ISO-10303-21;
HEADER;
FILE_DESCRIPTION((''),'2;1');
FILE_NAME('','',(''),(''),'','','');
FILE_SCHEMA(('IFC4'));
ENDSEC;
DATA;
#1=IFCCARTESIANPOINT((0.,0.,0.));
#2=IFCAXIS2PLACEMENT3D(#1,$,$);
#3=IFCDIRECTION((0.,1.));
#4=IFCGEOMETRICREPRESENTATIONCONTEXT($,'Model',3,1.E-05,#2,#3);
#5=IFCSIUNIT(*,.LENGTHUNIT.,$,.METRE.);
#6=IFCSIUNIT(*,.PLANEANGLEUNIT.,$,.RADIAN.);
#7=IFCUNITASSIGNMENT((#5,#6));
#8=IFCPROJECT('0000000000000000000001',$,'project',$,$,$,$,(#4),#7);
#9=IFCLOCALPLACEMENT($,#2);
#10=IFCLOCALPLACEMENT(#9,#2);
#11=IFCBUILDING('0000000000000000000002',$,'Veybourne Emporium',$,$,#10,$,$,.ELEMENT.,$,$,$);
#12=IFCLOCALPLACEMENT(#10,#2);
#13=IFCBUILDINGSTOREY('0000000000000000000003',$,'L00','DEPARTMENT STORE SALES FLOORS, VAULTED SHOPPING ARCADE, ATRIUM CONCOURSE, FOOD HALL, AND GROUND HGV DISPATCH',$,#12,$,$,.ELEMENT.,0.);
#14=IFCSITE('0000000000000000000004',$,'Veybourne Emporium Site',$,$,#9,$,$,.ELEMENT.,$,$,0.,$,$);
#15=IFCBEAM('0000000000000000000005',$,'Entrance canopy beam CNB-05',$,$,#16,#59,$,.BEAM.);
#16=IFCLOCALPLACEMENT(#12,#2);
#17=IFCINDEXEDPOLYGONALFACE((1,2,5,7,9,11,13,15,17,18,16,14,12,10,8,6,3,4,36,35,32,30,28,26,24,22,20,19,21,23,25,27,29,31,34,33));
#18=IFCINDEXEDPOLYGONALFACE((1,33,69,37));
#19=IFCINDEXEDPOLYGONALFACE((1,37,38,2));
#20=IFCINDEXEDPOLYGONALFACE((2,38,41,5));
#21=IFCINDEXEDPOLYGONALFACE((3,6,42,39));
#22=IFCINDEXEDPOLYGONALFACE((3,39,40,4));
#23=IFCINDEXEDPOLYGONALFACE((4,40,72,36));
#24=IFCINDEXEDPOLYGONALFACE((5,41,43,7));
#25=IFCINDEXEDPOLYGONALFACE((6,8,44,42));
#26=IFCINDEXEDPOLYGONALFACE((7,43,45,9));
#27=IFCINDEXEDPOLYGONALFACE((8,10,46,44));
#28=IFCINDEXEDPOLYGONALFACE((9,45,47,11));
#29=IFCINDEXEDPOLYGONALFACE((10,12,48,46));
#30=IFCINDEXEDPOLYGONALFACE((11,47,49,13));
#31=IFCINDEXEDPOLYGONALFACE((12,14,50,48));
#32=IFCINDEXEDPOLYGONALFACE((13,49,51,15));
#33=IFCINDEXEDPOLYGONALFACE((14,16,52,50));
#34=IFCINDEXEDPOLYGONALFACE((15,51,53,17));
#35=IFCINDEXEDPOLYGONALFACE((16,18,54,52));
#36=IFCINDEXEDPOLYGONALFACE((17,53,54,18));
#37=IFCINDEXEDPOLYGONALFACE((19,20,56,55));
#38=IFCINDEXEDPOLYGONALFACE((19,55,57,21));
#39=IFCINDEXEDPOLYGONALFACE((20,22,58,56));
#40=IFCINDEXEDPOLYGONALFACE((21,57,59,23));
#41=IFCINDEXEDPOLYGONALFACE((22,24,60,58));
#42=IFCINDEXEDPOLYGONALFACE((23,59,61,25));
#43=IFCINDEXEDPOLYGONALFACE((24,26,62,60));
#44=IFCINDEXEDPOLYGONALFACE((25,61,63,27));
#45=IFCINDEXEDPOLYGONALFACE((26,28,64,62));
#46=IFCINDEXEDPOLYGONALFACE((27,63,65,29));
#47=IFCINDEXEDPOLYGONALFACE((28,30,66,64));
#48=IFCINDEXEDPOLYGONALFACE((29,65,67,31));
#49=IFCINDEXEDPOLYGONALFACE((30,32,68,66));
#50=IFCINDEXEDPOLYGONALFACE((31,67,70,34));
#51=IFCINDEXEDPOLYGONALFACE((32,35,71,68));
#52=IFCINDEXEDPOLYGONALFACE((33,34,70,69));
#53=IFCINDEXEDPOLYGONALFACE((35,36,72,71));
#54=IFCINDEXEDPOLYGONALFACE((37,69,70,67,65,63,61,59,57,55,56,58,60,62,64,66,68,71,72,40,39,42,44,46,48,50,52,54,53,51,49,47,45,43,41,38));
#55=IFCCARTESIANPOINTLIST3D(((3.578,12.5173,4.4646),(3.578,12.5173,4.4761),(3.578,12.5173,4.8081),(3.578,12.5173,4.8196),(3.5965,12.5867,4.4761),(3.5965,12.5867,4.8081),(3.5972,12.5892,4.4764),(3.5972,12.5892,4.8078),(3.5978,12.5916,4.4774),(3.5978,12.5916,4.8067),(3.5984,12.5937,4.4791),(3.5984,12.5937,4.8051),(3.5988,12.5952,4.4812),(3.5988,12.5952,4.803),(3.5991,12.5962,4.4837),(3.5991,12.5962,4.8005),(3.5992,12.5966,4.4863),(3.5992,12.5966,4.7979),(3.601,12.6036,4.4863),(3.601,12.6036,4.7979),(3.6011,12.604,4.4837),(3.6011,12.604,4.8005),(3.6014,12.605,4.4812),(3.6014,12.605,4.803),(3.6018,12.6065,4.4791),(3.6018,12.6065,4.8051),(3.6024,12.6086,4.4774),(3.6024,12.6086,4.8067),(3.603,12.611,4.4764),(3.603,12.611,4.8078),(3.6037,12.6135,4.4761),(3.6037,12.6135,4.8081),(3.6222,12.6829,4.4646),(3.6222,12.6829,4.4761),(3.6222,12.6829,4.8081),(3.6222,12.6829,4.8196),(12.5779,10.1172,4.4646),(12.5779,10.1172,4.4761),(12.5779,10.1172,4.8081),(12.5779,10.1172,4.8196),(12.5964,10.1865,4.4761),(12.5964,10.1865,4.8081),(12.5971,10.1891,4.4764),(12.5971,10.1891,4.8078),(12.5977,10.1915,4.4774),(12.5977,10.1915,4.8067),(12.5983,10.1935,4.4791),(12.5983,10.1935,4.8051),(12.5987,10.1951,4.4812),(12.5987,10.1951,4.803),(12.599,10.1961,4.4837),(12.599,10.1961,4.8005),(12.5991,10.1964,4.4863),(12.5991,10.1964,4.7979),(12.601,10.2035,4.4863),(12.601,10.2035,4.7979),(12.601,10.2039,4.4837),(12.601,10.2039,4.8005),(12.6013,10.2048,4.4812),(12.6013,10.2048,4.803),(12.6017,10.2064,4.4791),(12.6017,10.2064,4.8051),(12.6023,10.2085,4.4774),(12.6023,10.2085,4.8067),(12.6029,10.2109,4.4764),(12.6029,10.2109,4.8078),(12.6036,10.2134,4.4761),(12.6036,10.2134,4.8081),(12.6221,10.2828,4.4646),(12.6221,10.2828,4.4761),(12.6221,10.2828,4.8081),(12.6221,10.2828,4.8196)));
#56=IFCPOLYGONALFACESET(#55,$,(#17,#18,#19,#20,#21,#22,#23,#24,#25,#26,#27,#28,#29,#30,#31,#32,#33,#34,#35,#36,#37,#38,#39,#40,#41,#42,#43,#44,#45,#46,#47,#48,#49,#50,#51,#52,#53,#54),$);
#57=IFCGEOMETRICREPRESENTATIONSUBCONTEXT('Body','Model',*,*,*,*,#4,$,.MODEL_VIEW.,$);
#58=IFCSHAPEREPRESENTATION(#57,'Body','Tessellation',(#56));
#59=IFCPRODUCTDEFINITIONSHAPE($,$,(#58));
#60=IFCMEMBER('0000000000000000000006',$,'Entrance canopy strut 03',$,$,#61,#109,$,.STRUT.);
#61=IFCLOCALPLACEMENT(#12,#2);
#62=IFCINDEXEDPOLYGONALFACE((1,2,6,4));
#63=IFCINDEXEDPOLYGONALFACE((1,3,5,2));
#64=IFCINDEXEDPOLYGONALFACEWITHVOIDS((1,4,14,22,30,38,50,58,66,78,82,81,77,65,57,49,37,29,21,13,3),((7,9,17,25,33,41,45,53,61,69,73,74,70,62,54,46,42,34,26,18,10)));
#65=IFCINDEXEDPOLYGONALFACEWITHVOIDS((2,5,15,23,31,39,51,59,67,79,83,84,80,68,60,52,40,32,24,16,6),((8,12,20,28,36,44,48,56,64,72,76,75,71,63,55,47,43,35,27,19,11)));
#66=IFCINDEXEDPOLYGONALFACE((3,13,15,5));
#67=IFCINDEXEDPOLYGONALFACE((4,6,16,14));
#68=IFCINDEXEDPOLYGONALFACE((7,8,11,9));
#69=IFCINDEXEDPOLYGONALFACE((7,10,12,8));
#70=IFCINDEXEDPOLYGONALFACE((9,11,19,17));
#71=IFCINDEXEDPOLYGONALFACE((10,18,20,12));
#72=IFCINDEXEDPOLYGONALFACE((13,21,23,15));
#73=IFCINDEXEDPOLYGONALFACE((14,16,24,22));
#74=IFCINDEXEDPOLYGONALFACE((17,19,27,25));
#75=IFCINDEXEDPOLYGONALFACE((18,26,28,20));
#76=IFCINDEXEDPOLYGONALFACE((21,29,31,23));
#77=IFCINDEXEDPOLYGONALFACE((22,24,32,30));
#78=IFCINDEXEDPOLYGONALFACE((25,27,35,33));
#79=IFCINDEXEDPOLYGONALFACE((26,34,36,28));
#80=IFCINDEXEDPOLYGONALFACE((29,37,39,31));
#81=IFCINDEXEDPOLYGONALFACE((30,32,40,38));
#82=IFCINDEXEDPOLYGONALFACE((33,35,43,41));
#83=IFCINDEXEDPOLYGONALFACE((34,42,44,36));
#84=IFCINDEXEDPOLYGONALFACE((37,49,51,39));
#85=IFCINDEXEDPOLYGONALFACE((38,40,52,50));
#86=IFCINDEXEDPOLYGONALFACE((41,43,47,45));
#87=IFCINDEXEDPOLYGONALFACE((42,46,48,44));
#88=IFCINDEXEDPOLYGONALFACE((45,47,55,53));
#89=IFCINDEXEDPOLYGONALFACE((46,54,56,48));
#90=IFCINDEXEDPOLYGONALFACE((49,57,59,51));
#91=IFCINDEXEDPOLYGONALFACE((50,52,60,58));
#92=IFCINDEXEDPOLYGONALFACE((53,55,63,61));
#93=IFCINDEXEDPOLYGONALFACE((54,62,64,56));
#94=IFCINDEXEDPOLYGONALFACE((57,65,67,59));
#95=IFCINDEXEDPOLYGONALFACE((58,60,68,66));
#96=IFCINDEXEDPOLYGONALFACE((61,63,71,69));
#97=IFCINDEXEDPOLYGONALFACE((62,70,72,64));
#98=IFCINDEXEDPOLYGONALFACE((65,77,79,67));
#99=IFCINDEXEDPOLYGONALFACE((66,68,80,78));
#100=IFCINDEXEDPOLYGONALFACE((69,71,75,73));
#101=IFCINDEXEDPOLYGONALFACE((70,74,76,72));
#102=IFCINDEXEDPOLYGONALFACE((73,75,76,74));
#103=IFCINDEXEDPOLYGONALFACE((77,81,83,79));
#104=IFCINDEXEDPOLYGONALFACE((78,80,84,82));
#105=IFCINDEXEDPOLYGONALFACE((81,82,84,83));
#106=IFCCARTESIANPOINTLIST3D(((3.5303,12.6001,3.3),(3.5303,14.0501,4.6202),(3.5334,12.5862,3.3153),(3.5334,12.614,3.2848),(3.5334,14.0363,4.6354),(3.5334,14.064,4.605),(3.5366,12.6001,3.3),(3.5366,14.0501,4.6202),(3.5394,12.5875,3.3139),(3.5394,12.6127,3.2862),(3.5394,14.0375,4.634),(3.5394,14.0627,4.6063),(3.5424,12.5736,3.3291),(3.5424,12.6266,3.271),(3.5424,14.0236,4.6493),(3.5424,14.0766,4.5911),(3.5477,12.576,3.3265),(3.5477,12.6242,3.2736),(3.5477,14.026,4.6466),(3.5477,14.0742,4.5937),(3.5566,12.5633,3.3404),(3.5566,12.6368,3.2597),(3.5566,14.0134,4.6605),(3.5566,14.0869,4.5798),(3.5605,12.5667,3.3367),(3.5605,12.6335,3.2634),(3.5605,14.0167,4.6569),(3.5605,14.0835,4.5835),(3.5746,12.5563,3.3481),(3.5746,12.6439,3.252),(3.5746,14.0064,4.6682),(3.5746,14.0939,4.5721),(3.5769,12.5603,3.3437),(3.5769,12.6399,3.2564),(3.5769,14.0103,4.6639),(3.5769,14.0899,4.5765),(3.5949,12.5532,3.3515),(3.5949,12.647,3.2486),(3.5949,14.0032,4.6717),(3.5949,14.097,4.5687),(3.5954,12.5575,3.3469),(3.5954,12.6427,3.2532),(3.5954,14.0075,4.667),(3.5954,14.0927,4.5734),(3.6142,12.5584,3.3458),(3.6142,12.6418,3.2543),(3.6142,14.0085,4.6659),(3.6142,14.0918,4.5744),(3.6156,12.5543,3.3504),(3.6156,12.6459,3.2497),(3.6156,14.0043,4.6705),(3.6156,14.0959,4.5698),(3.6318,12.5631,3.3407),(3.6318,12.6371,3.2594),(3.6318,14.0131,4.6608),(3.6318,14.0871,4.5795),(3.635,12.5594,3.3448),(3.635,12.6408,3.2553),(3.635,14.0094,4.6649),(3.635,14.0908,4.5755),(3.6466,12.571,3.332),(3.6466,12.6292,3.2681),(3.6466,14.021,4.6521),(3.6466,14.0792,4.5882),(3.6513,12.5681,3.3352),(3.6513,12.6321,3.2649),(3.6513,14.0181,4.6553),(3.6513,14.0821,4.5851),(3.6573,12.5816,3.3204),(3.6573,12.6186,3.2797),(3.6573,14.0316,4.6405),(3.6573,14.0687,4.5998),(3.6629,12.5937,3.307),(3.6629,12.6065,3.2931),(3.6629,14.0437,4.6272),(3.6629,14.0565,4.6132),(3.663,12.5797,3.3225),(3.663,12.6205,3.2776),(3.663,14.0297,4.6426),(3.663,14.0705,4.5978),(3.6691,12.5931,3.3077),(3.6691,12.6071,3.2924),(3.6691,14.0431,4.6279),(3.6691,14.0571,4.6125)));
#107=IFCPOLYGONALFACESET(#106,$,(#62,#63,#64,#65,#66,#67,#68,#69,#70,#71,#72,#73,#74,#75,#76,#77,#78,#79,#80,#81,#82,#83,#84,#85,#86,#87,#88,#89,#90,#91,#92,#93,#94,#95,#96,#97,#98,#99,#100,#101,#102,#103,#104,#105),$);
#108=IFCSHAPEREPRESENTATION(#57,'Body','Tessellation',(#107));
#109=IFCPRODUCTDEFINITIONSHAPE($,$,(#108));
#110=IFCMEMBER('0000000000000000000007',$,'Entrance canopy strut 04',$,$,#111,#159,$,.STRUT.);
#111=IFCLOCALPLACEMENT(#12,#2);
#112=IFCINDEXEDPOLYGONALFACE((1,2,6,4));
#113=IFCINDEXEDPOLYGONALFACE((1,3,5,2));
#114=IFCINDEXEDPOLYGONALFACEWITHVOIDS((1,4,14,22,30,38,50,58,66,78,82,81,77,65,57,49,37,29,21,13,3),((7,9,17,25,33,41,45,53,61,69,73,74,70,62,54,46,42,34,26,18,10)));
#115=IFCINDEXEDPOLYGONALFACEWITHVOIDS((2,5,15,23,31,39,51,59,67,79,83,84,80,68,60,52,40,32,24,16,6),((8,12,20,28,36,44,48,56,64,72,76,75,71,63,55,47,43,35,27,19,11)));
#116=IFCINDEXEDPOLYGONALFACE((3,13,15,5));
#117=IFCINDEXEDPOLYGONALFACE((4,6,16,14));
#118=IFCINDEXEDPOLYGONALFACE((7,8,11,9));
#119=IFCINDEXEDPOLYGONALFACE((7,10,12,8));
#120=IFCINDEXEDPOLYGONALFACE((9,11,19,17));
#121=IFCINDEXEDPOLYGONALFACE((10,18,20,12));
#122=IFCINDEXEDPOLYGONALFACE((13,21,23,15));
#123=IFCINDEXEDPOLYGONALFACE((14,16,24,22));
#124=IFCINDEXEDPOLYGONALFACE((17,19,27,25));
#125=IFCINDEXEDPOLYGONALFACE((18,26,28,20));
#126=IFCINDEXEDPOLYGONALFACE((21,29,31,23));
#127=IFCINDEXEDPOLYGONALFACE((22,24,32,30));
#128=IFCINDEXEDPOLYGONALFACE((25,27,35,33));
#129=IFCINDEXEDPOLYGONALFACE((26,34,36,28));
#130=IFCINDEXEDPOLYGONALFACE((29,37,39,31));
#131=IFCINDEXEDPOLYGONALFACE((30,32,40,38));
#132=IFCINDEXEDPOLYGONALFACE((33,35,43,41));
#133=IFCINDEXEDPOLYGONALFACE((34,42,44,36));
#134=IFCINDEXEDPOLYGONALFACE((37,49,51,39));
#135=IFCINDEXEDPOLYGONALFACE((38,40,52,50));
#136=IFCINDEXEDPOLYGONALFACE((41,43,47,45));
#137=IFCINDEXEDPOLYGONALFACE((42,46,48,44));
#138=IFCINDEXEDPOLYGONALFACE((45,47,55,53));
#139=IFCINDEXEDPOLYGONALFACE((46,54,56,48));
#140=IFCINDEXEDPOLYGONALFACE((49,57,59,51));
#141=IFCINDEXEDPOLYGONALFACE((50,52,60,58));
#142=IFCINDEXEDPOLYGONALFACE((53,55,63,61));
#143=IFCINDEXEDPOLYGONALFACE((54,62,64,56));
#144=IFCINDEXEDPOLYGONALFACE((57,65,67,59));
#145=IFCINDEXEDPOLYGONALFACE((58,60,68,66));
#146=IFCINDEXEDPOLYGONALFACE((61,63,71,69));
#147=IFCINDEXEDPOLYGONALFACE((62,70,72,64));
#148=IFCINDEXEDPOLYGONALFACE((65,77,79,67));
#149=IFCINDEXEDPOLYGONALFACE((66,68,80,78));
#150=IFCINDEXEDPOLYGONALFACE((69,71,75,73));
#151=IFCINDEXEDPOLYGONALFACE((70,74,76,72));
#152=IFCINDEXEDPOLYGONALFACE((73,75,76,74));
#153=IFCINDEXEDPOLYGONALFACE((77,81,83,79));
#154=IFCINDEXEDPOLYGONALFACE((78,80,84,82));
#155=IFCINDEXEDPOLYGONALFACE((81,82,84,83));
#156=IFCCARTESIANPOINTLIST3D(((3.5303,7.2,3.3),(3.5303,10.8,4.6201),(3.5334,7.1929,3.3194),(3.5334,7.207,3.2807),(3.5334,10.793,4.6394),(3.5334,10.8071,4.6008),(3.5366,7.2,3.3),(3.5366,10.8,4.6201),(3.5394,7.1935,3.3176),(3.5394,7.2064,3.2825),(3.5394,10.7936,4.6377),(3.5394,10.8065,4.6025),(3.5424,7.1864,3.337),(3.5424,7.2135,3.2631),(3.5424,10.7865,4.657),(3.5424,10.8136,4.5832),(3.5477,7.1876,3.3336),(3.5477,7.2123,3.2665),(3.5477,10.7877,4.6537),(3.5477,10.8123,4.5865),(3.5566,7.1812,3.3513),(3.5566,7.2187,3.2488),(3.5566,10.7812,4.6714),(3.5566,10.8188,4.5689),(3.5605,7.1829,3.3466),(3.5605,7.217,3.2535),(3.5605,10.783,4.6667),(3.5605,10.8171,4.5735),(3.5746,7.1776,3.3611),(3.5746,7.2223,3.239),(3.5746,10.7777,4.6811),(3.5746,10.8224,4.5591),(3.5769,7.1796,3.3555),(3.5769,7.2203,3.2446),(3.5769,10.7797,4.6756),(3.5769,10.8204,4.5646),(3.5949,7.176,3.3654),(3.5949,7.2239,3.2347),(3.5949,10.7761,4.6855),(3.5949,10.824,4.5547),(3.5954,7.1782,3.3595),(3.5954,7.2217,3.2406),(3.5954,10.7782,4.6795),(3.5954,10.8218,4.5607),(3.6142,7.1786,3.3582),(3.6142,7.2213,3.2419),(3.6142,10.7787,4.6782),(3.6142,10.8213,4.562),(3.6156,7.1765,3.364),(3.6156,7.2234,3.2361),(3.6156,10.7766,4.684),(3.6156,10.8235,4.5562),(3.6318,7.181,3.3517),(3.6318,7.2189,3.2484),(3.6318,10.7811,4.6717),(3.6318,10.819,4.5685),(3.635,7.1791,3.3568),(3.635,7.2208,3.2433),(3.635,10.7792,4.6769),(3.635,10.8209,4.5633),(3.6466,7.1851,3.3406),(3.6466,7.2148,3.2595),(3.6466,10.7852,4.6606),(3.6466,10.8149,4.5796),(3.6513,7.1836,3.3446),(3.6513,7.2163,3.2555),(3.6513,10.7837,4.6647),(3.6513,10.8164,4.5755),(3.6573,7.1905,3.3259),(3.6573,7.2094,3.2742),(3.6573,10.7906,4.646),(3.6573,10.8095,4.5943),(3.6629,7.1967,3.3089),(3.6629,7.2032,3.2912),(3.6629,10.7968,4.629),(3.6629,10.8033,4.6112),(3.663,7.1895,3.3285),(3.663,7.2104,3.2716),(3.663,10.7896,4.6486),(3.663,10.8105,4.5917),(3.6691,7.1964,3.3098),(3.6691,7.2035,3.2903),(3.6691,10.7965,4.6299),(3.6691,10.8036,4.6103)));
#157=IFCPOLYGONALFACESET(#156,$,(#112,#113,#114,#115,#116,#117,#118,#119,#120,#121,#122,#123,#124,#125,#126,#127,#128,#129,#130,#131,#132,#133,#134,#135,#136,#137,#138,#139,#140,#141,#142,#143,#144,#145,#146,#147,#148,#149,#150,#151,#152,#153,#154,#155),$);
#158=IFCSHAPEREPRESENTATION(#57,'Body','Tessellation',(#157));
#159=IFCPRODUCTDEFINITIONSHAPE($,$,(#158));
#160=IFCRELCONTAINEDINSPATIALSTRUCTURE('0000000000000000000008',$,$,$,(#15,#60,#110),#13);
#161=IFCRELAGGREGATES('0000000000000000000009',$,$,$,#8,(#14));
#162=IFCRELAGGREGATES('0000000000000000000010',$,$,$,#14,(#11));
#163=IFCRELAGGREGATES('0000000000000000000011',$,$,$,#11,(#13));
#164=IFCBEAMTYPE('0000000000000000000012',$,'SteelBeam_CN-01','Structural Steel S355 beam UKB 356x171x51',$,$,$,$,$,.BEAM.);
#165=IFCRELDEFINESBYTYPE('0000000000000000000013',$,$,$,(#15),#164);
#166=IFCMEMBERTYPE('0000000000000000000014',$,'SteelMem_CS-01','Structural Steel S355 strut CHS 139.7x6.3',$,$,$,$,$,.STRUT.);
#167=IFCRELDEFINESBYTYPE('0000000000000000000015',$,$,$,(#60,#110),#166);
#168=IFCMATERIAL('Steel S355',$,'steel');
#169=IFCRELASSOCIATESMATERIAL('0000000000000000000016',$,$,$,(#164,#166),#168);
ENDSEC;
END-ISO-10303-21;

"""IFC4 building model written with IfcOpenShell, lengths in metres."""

from ifc_helpers import new_model, si_unit, direction, frame, origin, origin_2d, place, context, subcontext, project, spatial, hollow_circle, i_section, extrude, material, material_profile, profile_set, type_object, element, save


model = new_model("IFC4")

# Units and contexts
model_context = context("Model", 3, precision=1e-05, world=origin(), true_north=direction((0.0, 1.0)))
body_context = subcontext(model_context, "Body", "Model", "MODEL_VIEW")
ifc_project = project(units=[si_unit("LENGTHUNIT", "METRE"), si_unit("PLANEANGLEUNIT", "RADIAN")], contexts=[model_context])

# Site, building, storey
site_placement = place(None, origin())
site = spatial("IfcSite", under=ifc_project, at=site_placement, Name="Veybourne Emporium Site", CompositionType="ELEMENT", RefElevation=0.0)
building_placement = place(site_placement, origin())
building = spatial("IfcBuilding", under=site, at=building_placement, Name="Veybourne Emporium", CompositionType="ELEMENT")
storey_placement = place(building_placement, origin())
storey = spatial("IfcBuildingStorey", under=building, at=storey_placement, Name="L00", Description="DEPARTMENT STORE SALES FLOORS, VAULTED SHOPPING ARCADE, ATRIUM CONCOURSE, FOOD HALL, AND GROUND HGV DISPATCH", CompositionType="ELEMENT", Elevation=0.0)

# Shared definitions
ifc_material_1 = material(Name="Steel S355", Category="steel")

# Beam
ifc_material_profile_1 = material_profile(ifc_material_1, i_section(OverallWidth=0.1714, OverallDepth=0.355, WebThickness=0.0073, FlangeThickness=0.0115, FilletRadius=0.0103, at=origin_2d()), Name="UKB 356x171x51")
ifc_profile_set_1 = profile_set([ifc_material_profile_1], Name="Steel S355")
beam_type_1 = type_object("IfcBeamType", Name="SteelBeam_CN-01", Description="Structural Steel S355 beam UKB 356x171x51", PredefinedType="BEAM", material=ifc_profile_set_1)
beam_1_placement = place(storey_placement, frame((3.6001, 12.6001, 4.6421), z_axis=(0.966231, -0.257677, 0.0), x_axis=(0.257677, 0.966231, 0.0)))
element("IfcBeam", 1, at=beam_1_placement, inside=storey, type_object=beam_type_1, Name="Entrance canopy beam CNB-05", PredefinedType="BEAM", context=body_context, shape_type="SweptSolid", body=[
    extrude(i_section(OverallWidth=0.1714, OverallDepth=0.355, WebThickness=0.0073, FlangeThickness=0.0115, FilletRadius=0.0103, at=origin_2d()), origin(), (0.0, 0.0, 1.0), 9.3145),
])

# Members
ifc_material_profile_2 = material_profile(ifc_material_1, hollow_circle(Radius=0.0698, WallThickness=0.0063, at=origin_2d()), Name="CHS 139.7x6.3")
ifc_profile_set_2 = profile_set([ifc_material_profile_2], Name="Steel S355")
member_type = type_object("IfcMemberType", Name="SteelMem_CS-01", Description="Structural Steel S355 strut CHS 139.7x6.3", PredefinedType="STRUT", material=ifc_profile_set_2)
member_1_placement = place(storey_placement, frame((3.6001, 12.6001, 3.3), z_axis=(0.0, 0.73945, 0.673212), x_axis=(-1.0, 0.0, 0.0)))
element("IfcMember", 2, at=member_1_placement, inside=storey, type_object=member_type, Name="Entrance canopy strut 03", PredefinedType="STRUT", context=body_context, shape_type="SweptSolid", body=[
    extrude(hollow_circle(Radius=0.0698, WallThickness=0.0063, at=origin_2d()), origin(), (0.0, 0.0, 1.0), 1.9609),
])
member_2_placement = place(storey_placement, frame((3.6001, 7.2, 3.3), z_axis=(0.0, 0.938874, 0.344262), x_axis=(-1.0, 0.0, 0.0)))
element("IfcMember", 3, at=member_2_placement, inside=storey, type_object=member_type, Name="Entrance canopy strut 04", PredefinedType="STRUT", context=body_context, shape_type="SweptSolid", body=[
    extrude(hollow_circle(Radius=0.0698, WallThickness=0.0063, at=origin_2d()), origin(), (0.0, 0.0, 1.0), 3.8345),
])

save(model, "model.ifc")
